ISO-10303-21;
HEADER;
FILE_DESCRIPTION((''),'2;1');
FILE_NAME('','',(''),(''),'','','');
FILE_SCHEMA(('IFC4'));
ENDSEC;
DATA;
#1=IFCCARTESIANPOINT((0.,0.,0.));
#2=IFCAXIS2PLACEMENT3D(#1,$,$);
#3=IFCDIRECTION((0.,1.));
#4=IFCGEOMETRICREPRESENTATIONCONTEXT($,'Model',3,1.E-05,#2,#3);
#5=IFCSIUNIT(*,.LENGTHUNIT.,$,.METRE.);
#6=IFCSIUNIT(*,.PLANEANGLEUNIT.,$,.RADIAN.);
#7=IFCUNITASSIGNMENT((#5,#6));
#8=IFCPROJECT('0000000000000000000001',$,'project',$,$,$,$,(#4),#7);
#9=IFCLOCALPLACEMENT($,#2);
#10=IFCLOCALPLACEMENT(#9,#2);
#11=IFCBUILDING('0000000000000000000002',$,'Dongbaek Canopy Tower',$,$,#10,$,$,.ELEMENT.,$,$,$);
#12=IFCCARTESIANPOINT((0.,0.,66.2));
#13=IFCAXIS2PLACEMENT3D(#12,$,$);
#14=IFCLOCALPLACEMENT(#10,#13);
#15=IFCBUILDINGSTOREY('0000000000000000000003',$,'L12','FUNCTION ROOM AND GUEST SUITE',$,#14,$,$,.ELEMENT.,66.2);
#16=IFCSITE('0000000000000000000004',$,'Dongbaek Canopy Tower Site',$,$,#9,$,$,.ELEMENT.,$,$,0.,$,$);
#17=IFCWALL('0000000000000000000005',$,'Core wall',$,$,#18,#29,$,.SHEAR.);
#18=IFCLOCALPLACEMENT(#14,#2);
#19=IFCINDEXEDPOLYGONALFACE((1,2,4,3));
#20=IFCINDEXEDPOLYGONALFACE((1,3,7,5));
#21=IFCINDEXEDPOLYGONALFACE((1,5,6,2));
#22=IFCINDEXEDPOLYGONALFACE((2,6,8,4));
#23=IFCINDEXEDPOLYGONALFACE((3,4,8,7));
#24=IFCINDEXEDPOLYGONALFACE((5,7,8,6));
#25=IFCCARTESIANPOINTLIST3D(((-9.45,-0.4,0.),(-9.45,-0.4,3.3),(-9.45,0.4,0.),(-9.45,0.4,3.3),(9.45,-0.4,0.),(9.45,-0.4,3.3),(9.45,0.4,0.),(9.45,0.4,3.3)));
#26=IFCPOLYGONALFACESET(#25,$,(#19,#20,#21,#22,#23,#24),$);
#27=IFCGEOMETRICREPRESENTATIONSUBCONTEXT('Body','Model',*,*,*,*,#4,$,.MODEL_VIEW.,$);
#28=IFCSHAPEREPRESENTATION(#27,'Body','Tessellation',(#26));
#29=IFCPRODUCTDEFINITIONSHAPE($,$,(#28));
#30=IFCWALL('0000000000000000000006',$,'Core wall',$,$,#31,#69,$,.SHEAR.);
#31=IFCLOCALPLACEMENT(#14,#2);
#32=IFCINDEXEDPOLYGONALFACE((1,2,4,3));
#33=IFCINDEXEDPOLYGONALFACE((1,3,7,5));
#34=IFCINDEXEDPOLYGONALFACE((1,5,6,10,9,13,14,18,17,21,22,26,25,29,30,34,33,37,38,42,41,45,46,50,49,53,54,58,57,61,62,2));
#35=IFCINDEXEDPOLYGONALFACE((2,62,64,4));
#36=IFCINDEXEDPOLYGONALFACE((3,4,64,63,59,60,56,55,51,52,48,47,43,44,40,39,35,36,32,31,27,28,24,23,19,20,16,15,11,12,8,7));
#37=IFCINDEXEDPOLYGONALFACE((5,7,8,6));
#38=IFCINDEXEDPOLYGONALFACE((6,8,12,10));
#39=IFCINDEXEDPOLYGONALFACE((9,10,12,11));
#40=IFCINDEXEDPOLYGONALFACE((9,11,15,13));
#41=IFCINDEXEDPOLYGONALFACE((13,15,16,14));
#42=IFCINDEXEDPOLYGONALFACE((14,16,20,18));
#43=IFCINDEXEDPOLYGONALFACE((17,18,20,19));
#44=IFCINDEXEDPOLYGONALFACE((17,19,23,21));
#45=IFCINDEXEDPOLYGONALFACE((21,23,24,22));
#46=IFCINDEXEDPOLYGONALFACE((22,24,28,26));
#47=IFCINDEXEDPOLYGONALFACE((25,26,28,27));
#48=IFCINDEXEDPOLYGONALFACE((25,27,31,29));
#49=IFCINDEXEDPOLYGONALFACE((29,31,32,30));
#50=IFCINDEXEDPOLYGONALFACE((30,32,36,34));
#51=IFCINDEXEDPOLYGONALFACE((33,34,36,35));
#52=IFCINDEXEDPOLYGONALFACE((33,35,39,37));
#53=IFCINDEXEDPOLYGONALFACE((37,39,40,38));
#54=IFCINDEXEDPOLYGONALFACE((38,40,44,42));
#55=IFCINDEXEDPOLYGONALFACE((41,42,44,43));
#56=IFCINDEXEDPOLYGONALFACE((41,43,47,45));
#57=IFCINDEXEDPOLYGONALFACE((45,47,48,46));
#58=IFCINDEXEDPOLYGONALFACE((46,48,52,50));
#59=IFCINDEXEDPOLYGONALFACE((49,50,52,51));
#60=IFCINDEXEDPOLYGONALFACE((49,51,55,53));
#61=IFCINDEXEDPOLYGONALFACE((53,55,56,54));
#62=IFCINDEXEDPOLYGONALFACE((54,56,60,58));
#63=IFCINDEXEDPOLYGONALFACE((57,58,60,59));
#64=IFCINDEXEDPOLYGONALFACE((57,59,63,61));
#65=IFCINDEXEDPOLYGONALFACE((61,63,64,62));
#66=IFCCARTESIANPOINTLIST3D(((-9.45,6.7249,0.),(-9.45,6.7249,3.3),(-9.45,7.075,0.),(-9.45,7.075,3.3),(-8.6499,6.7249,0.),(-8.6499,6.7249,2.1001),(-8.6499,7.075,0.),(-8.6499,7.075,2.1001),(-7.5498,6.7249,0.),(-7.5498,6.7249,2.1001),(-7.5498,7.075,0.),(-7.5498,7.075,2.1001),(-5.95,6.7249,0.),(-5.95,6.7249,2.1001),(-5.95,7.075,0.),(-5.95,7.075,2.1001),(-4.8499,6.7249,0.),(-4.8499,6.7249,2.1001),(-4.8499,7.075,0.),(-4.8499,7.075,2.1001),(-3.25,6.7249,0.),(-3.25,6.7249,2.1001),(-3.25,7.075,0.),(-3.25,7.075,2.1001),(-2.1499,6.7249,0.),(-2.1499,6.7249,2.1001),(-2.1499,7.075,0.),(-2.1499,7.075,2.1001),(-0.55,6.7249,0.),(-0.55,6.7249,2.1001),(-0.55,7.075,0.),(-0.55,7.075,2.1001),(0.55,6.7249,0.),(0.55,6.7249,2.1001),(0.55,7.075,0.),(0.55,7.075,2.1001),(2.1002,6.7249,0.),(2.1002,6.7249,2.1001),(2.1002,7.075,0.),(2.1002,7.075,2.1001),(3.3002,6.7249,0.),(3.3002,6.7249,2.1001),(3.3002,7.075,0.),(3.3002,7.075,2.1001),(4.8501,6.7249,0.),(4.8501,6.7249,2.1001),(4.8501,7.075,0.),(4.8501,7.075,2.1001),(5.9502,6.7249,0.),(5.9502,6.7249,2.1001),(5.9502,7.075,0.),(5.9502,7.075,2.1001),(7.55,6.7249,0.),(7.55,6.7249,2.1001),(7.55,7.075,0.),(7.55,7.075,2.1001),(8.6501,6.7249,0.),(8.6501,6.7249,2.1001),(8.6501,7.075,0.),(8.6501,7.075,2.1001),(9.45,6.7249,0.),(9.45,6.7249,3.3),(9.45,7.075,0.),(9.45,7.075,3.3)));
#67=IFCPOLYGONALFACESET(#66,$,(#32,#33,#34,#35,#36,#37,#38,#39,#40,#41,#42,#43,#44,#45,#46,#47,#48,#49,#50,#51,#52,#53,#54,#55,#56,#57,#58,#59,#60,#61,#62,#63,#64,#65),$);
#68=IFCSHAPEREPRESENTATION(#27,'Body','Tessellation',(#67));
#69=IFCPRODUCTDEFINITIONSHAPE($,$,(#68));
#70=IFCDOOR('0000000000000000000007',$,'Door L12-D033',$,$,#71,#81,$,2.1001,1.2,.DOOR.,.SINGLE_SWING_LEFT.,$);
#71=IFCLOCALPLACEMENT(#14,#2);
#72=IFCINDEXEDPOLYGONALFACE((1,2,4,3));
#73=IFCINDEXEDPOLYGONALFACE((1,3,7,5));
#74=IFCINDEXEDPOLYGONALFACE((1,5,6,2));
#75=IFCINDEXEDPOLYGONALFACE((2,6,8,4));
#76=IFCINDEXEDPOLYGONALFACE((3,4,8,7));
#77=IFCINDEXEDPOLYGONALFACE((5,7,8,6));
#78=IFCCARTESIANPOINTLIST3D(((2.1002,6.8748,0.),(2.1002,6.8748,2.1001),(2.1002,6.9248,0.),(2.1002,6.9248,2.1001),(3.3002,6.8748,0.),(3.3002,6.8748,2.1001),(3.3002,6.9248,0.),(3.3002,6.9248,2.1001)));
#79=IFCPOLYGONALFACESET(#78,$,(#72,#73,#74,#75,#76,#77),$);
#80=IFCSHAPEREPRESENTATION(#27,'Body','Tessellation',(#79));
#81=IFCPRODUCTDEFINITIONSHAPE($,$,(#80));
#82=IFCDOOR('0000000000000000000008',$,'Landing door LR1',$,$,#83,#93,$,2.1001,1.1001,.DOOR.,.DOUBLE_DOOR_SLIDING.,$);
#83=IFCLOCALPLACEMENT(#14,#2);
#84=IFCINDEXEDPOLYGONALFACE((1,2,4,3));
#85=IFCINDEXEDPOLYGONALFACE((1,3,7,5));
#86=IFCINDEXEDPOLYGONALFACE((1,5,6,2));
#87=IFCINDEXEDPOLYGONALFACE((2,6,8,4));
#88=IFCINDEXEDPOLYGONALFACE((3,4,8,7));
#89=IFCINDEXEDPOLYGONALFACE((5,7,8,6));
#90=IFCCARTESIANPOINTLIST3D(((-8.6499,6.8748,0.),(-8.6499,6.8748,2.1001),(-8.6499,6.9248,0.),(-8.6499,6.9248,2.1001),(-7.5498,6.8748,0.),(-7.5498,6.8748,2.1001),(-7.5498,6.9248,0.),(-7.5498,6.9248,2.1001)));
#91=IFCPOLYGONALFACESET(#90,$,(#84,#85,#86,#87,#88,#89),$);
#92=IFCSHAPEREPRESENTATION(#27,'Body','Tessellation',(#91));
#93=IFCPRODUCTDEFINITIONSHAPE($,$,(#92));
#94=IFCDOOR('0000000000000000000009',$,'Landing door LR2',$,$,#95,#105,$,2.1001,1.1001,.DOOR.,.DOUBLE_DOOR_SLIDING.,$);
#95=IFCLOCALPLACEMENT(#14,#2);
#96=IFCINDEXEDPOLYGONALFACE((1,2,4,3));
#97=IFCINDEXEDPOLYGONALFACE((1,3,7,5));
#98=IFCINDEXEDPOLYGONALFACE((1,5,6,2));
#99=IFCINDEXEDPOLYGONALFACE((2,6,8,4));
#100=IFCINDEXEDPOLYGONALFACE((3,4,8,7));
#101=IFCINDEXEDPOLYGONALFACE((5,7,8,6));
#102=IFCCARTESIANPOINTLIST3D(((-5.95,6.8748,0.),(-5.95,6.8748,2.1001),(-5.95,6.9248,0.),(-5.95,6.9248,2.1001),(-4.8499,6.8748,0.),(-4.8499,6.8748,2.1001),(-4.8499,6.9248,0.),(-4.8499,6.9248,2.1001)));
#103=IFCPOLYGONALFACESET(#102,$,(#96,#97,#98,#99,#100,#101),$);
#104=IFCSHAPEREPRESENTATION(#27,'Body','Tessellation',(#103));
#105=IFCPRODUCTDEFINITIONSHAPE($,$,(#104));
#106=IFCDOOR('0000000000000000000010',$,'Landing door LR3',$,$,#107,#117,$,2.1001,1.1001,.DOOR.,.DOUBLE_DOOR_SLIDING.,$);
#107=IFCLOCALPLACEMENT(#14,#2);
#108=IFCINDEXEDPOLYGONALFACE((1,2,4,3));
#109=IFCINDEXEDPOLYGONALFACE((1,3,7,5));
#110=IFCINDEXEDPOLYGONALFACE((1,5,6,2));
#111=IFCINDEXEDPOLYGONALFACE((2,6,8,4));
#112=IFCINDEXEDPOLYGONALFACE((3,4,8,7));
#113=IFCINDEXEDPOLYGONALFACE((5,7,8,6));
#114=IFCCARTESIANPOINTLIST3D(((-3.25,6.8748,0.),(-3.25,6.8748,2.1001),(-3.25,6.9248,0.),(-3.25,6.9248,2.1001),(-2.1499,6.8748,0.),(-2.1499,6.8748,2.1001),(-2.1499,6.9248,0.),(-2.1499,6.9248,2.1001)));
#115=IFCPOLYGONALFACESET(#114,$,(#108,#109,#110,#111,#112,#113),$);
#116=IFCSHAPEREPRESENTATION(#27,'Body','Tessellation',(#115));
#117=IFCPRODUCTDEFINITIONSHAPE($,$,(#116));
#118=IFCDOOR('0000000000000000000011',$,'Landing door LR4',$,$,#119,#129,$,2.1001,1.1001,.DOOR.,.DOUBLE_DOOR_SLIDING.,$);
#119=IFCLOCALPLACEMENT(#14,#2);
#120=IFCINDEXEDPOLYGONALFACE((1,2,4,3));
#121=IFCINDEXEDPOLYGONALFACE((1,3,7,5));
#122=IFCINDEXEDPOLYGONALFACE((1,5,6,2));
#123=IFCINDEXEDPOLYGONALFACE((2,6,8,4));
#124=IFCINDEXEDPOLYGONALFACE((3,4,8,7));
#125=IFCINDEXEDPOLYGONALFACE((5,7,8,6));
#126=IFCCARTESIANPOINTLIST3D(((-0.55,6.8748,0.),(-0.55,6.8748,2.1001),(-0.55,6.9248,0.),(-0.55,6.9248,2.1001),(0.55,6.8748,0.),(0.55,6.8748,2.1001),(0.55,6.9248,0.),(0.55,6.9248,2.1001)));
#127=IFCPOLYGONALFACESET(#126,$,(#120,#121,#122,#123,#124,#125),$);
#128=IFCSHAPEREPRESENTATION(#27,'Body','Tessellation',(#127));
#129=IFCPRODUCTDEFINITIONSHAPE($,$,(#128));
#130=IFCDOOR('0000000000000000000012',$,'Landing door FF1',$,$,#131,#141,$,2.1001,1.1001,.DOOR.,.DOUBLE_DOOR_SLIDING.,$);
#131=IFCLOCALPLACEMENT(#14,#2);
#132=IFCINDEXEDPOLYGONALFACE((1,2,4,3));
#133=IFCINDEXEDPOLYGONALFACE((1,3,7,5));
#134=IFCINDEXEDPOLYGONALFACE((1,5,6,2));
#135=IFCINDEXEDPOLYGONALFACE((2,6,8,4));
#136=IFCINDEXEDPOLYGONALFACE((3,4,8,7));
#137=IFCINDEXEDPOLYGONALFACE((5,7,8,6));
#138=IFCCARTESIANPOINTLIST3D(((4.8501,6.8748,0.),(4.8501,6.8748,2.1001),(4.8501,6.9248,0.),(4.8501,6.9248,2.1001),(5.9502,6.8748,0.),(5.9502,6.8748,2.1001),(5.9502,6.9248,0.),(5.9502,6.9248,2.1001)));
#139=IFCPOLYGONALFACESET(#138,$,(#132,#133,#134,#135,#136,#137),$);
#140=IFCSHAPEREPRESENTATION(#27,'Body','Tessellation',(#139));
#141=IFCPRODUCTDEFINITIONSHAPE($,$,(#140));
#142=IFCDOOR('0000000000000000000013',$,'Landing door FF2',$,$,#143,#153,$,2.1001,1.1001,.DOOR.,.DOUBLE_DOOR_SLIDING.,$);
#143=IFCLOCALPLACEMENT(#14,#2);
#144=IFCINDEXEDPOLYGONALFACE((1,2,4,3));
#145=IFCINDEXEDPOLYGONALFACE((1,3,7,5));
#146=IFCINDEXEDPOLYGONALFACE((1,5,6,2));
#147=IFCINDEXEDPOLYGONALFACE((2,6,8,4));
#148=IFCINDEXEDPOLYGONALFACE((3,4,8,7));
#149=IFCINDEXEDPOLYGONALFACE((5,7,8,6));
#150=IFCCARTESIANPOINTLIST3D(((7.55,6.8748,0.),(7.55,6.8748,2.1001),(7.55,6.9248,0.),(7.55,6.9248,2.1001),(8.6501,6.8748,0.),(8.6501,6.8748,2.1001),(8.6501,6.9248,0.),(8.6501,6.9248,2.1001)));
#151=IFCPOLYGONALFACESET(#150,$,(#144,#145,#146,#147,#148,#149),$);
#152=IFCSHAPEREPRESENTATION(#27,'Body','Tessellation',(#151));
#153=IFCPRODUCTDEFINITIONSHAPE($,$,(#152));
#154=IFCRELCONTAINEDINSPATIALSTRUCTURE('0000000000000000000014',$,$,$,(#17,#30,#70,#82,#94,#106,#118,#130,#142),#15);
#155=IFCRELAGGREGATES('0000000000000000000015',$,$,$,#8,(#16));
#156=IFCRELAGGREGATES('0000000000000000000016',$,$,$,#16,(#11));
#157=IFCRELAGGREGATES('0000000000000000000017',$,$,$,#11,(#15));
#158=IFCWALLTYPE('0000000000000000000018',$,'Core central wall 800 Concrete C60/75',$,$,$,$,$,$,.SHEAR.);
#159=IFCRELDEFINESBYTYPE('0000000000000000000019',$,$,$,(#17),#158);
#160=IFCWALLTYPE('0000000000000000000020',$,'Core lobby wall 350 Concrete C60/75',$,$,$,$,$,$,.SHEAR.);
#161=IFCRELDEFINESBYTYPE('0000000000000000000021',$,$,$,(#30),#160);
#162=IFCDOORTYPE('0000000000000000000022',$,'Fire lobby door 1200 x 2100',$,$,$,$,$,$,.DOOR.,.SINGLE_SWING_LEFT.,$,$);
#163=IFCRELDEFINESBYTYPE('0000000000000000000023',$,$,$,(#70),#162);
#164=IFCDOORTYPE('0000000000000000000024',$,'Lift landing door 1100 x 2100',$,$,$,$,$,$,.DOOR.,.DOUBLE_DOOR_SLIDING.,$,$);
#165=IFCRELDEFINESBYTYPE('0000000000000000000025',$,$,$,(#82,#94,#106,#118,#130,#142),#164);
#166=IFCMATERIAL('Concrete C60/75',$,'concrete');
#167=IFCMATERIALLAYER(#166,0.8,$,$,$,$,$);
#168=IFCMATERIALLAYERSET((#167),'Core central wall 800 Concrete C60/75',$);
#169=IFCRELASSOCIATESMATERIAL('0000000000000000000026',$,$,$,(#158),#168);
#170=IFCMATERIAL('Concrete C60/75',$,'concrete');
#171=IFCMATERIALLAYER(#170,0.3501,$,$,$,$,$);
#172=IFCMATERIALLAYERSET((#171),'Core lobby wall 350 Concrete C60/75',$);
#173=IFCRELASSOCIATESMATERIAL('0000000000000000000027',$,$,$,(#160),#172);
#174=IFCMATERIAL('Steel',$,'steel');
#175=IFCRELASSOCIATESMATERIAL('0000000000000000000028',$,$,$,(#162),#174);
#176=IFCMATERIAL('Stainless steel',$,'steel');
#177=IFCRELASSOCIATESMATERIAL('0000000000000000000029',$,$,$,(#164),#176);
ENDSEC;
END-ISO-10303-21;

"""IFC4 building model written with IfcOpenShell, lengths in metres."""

from ifc_helpers import new_model, si_unit, direction, frame, frame_2d, origin, place, context, subcontext, project, spatial, rectangle, extrude, material, layer, layer_set, type_object, element, fill, save


model = new_model("IFC4")

# Units and contexts
model_context = context("Model", 3, precision=1e-05, world=origin(), true_north=direction((0.0, 1.0)))
body_context = subcontext(model_context, "Body", "Model", "MODEL_VIEW")
ifc_project = project(units=[si_unit("LENGTHUNIT", "METRE"), si_unit("PLANEANGLEUNIT", "RADIAN")], contexts=[model_context])

# Site, building, storey
site_placement = place(None, origin())
site = spatial("IfcSite", under=ifc_project, at=site_placement, Name="Dongbaek Canopy Tower Site", CompositionType="ELEMENT", RefElevation=0.0)
building_placement = place(site_placement, origin())
building = spatial("IfcBuilding", under=site, at=building_placement, Name="Dongbaek Canopy Tower", CompositionType="ELEMENT")
storey_placement = place(building_placement, frame((0.0, 0.0, 66.2)))
storey = spatial("IfcBuildingStorey", under=building, at=storey_placement, Name="L12", Description="FUNCTION ROOM AND GUEST SUITE", CompositionType="ELEMENT", Elevation=66.2)

# Wall
ifc_material_1 = material(Name="Concrete C60/75", Category="concrete")
ifc_layer_1 = layer(ifc_material_1, 0.8)
ifc_layer_set_1 = layer_set([ifc_layer_1], Name="Core central wall 800 Concrete C60/75")
wall_type_1 = type_object("IfcWallType", Name="Core central wall 800 Concrete C60/75", PredefinedType="SHEAR", material=ifc_layer_set_1)
wall_1_placement = place(storey_placement, frame((-9.45, 0.0, 0.0), z_axis=(0.0, 0.0, 1.0), x_axis=(1.0, 0.0, 0.0)))
element("IfcWall", 1, at=wall_1_placement, inside=storey, type_object=wall_type_1, Name="Core wall", PredefinedType="SHEAR", context=body_context, shape_type="SweptSolid", body=[
    extrude(rectangle(XDim=18.8999, YDim=0.8, at=frame_2d((9.45, 0.0))), origin(), (0.0, 0.0, 1.0), 3.3),
])

# Wall, openings, doors
ifc_material_2 = material(Name="Concrete C60/75", Category="concrete")
ifc_layer_2 = layer(ifc_material_2, 0.3501)
ifc_layer_set_2 = layer_set([ifc_layer_2], Name="Core lobby wall 350 Concrete C60/75")
wall_type_2 = type_object("IfcWallType", Name="Core lobby wall 350 Concrete C60/75", PredefinedType="SHEAR", material=ifc_layer_set_2)
wall_2_placement = place(storey_placement, frame((-9.45, 6.8999, 0.0), z_axis=(0.0, 0.0, 1.0), x_axis=(1.0, 0.0, 0.0)))
wall_2 = element("IfcWall", 2, at=wall_2_placement, inside=storey, type_object=wall_type_2, Name="Core wall", PredefinedType="SHEAR", context=body_context, shape_type="SweptSolid", body=[
    extrude(rectangle(XDim=18.8999, YDim=0.3501, at=frame_2d((9.45, 0.0))), origin(), (0.0, 0.0, 1.0), 3.3),
])
opening_1_placement = place(wall_2_placement, frame((0.8, 0.0, 0.0)))
opening_1 = element("IfcOpeningElement", 3, at=opening_1_placement, cuts=wall_2, PredefinedType="OPENING", context=body_context, shape_type="SweptSolid", body=[
    extrude(rectangle(XDim=1.1001, YDim=2.1001, at=frame_2d((0.55, 1.05))), frame((0.0, 0.1851, 0.0), z_axis=(0.0, -1.0, 0.0), x_axis=(1.0, 0.0, 0.0)), (0.0, 0.0, 1.0), 0.3701),
])
opening_2_placement = place(wall_2_placement, frame((3.5, 0.0, 0.0)))
opening_2 = element("IfcOpeningElement", 4, at=opening_2_placement, cuts=wall_2, PredefinedType="OPENING", context=body_context, shape_type="SweptSolid", body=[
    extrude(rectangle(XDim=1.1001, YDim=2.1001, at=frame_2d((0.55, 1.05))), frame((0.0, 0.1851, 0.0), z_axis=(0.0, -1.0, 0.0), x_axis=(1.0, 0.0, 0.0)), (0.0, 0.0, 1.0), 0.3701),
])
opening_3_placement = place(wall_2_placement, frame((6.2, 0.0, 0.0)))
opening_3 = element("IfcOpeningElement", 5, at=opening_3_placement, cuts=wall_2, PredefinedType="OPENING", context=body_context, shape_type="SweptSolid", body=[
    extrude(rectangle(XDim=1.1001, YDim=2.1001, at=frame_2d((0.55, 1.05))), frame((0.0, 0.1851, 0.0), z_axis=(0.0, -1.0, 0.0), x_axis=(1.0, 0.0, 0.0)), (0.0, 0.0, 1.0), 0.3701),
])
opening_4_placement = place(wall_2_placement, frame((8.8999, 0.0, 0.0)))
opening_4 = element("IfcOpeningElement", 6, at=opening_4_placement, cuts=wall_2, PredefinedType="OPENING", context=body_context, shape_type="SweptSolid", body=[
    extrude(rectangle(XDim=1.1001, YDim=2.1001, at=frame_2d((0.55, 1.05))), frame((0.0, 0.1851, 0.0), z_axis=(0.0, -1.0, 0.0), x_axis=(1.0, 0.0, 0.0)), (0.0, 0.0, 1.0), 0.3701),
])
opening_5_placement = place(wall_2_placement, frame((11.55, 0.0, 0.0)))
opening_5 = element("IfcOpeningElement", 7, at=opening_5_placement, cuts=wall_2, PredefinedType="OPENING", context=body_context, shape_type="SweptSolid", body=[
    extrude(rectangle(XDim=1.2, YDim=2.1001, at=frame_2d((0.6001, 1.05))), frame((0.0, 0.1851, 0.0), z_axis=(0.0, -1.0, 0.0), x_axis=(1.0, 0.0, 0.0)), (0.0, 0.0, 1.0), 0.3701),
])
opening_6_placement = place(wall_2_placement, frame((14.3, 0.0, 0.0)))
opening_6 = element("IfcOpeningElement", 8, at=opening_6_placement, cuts=wall_2, PredefinedType="OPENING", context=body_context, shape_type="SweptSolid", body=[
    extrude(rectangle(XDim=1.1001, YDim=2.1001, at=frame_2d((0.55, 1.05))), frame((0.0, 0.1851, 0.0), z_axis=(0.0, -1.0, 0.0), x_axis=(1.0, 0.0, 0.0)), (0.0, 0.0, 1.0), 0.3701),
])
opening_7_placement = place(wall_2_placement, frame((17.0, 0.0, 0.0)))
opening_7 = element("IfcOpeningElement", 9, at=opening_7_placement, cuts=wall_2, PredefinedType="OPENING", context=body_context, shape_type="SweptSolid", body=[
    extrude(rectangle(XDim=1.1001, YDim=2.1001, at=frame_2d((0.55, 1.05))), frame((0.0, 0.1851, 0.0), z_axis=(0.0, -1.0, 0.0), x_axis=(1.0, 0.0, 0.0)), (0.0, 0.0, 1.0), 0.3701),
])
ifc_material_3 = material(Name="Steel", Category="steel")
door_type_1 = type_object("IfcDoorType", Name="Fire lobby door 1200 x 2100", OperationType="SINGLE_SWING_LEFT", PredefinedType="DOOR", material=ifc_material_3)
door_1_placement = place(opening_5_placement, origin())
door_1 = element("IfcDoor", 10, at=door_1_placement, inside=storey, type_object=door_type_1, Name="Door L12-D033", OperationType="SINGLE_SWING_LEFT", OverallHeight=2.1001, OverallWidth=1.2, PredefinedType="DOOR", context=body_context, shape_type="SweptSolid", body=[
    extrude(rectangle(XDim=1.2, YDim=2.1001, at=frame_2d((0.6001, 1.05))), frame((0.0, 0.0249, 0.0), z_axis=(0.0, -1.0, 0.0), x_axis=(1.0, 0.0, 0.0)), (0.0, 0.0, 1.0), 0.05),
])
fill(opening_5, door_1)
ifc_material_4 = material(Name="Stainless steel", Category="steel")
door_type_2 = type_object("IfcDoorType", Name="Lift landing door 1100 x 2100", OperationType="DOUBLE_DOOR_SLIDING", PredefinedType="DOOR", material=ifc_material_4)
door_2_placement = place(opening_1_placement, origin())
door_2 = element("IfcDoor", 11, at=door_2_placement, inside=storey, type_object=door_type_2, Name="Landing door LR1", OperationType="DOUBLE_DOOR_SLIDING", OverallHeight=2.1001, OverallWidth=1.1001, PredefinedType="DOOR", context=body_context, shape_type="SweptSolid", body=[
    extrude(rectangle(XDim=1.1001, YDim=2.1001, at=frame_2d((0.55, 1.05))), frame((0.0, 0.0249, 0.0), z_axis=(0.0, -1.0, 0.0), x_axis=(1.0, 0.0, 0.0)), (0.0, 0.0, 1.0), 0.05),
])
fill(opening_1, door_2)
door_3_placement = place(opening_2_placement, origin())
door_3 = element("IfcDoor", 12, at=door_3_placement, inside=storey, type_object=door_type_2, Name="Landing door LR2", OperationType="DOUBLE_DOOR_SLIDING", OverallHeight=2.1001, OverallWidth=1.1001, PredefinedType="DOOR", context=body_context, shape_type="SweptSolid", body=[
    extrude(rectangle(XDim=1.1001, YDim=2.1001, at=frame_2d((0.55, 1.05))), frame((0.0, 0.0249, 0.0), z_axis=(0.0, -1.0, 0.0), x_axis=(1.0, 0.0, 0.0)), (0.0, 0.0, 1.0), 0.05),
])
fill(opening_2, door_3)
door_4_placement = place(opening_3_placement, origin())
door_4 = element("IfcDoor", 13, at=door_4_placement, inside=storey, type_object=door_type_2, Name="Landing door LR3", OperationType="DOUBLE_DOOR_SLIDING", OverallHeight=2.1001, OverallWidth=1.1001, PredefinedType="DOOR", context=body_context, shape_type="SweptSolid", body=[
    extrude(rectangle(XDim=1.1001, YDim=2.1001, at=frame_2d((0.55, 1.05))), frame((0.0, 0.0249, 0.0), z_axis=(0.0, -1.0, 0.0), x_axis=(1.0, 0.0, 0.0)), (0.0, 0.0, 1.0), 0.05),
])
fill(opening_3, door_4)
door_5_placement = place(opening_4_placement, origin())
door_5 = element("IfcDoor", 14, at=door_5_placement, inside=storey, type_object=door_type_2, Name="Landing door LR4", OperationType="DOUBLE_DOOR_SLIDING", OverallHeight=2.1001, OverallWidth=1.1001, PredefinedType="DOOR", context=body_context, shape_type="SweptSolid", body=[
    extrude(rectangle(XDim=1.1001, YDim=2.1001, at=frame_2d((0.55, 1.05))), frame((0.0, 0.0249, 0.0), z_axis=(0.0, -1.0, 0.0), x_axis=(1.0, 0.0, 0.0)), (0.0, 0.0, 1.0), 0.05),
])
fill(opening_4, door_5)
door_6_placement = place(opening_6_placement, origin())
door_6 = element("IfcDoor", 15, at=door_6_placement, inside=storey, type_object=door_type_2, Name="Landing door FF1", OperationType="DOUBLE_DOOR_SLIDING", OverallHeight=2.1001, OverallWidth=1.1001, PredefinedType="DOOR", context=body_context, shape_type="SweptSolid", body=[
    extrude(rectangle(XDim=1.1001, YDim=2.1001, at=frame_2d((0.55, 1.05))), frame((0.0, 0.0249, 0.0), z_axis=(0.0, -1.0, 0.0), x_axis=(1.0, 0.0, 0.0)), (0.0, 0.0, 1.0), 0.05),
])
fill(opening_6, door_6)
door_7_placement = place(opening_7_placement, origin())
door_7 = element("IfcDoor", 16, at=door_7_placement, inside=storey, type_object=door_type_2, Name="Landing door FF2", OperationType="DOUBLE_DOOR_SLIDING", OverallHeight=2.1001, OverallWidth=1.1001, PredefinedType="DOOR", context=body_context, shape_type="SweptSolid", body=[
    extrude(rectangle(XDim=1.1001, YDim=2.1001, at=frame_2d((0.55, 1.05))), frame((0.0, 0.0249, 0.0), z_axis=(0.0, -1.0, 0.0), x_axis=(1.0, 0.0, 0.0)), (0.0, 0.0, 1.0), 0.05),
])
fill(opening_7, door_7)

save(model, "model.ifc")
